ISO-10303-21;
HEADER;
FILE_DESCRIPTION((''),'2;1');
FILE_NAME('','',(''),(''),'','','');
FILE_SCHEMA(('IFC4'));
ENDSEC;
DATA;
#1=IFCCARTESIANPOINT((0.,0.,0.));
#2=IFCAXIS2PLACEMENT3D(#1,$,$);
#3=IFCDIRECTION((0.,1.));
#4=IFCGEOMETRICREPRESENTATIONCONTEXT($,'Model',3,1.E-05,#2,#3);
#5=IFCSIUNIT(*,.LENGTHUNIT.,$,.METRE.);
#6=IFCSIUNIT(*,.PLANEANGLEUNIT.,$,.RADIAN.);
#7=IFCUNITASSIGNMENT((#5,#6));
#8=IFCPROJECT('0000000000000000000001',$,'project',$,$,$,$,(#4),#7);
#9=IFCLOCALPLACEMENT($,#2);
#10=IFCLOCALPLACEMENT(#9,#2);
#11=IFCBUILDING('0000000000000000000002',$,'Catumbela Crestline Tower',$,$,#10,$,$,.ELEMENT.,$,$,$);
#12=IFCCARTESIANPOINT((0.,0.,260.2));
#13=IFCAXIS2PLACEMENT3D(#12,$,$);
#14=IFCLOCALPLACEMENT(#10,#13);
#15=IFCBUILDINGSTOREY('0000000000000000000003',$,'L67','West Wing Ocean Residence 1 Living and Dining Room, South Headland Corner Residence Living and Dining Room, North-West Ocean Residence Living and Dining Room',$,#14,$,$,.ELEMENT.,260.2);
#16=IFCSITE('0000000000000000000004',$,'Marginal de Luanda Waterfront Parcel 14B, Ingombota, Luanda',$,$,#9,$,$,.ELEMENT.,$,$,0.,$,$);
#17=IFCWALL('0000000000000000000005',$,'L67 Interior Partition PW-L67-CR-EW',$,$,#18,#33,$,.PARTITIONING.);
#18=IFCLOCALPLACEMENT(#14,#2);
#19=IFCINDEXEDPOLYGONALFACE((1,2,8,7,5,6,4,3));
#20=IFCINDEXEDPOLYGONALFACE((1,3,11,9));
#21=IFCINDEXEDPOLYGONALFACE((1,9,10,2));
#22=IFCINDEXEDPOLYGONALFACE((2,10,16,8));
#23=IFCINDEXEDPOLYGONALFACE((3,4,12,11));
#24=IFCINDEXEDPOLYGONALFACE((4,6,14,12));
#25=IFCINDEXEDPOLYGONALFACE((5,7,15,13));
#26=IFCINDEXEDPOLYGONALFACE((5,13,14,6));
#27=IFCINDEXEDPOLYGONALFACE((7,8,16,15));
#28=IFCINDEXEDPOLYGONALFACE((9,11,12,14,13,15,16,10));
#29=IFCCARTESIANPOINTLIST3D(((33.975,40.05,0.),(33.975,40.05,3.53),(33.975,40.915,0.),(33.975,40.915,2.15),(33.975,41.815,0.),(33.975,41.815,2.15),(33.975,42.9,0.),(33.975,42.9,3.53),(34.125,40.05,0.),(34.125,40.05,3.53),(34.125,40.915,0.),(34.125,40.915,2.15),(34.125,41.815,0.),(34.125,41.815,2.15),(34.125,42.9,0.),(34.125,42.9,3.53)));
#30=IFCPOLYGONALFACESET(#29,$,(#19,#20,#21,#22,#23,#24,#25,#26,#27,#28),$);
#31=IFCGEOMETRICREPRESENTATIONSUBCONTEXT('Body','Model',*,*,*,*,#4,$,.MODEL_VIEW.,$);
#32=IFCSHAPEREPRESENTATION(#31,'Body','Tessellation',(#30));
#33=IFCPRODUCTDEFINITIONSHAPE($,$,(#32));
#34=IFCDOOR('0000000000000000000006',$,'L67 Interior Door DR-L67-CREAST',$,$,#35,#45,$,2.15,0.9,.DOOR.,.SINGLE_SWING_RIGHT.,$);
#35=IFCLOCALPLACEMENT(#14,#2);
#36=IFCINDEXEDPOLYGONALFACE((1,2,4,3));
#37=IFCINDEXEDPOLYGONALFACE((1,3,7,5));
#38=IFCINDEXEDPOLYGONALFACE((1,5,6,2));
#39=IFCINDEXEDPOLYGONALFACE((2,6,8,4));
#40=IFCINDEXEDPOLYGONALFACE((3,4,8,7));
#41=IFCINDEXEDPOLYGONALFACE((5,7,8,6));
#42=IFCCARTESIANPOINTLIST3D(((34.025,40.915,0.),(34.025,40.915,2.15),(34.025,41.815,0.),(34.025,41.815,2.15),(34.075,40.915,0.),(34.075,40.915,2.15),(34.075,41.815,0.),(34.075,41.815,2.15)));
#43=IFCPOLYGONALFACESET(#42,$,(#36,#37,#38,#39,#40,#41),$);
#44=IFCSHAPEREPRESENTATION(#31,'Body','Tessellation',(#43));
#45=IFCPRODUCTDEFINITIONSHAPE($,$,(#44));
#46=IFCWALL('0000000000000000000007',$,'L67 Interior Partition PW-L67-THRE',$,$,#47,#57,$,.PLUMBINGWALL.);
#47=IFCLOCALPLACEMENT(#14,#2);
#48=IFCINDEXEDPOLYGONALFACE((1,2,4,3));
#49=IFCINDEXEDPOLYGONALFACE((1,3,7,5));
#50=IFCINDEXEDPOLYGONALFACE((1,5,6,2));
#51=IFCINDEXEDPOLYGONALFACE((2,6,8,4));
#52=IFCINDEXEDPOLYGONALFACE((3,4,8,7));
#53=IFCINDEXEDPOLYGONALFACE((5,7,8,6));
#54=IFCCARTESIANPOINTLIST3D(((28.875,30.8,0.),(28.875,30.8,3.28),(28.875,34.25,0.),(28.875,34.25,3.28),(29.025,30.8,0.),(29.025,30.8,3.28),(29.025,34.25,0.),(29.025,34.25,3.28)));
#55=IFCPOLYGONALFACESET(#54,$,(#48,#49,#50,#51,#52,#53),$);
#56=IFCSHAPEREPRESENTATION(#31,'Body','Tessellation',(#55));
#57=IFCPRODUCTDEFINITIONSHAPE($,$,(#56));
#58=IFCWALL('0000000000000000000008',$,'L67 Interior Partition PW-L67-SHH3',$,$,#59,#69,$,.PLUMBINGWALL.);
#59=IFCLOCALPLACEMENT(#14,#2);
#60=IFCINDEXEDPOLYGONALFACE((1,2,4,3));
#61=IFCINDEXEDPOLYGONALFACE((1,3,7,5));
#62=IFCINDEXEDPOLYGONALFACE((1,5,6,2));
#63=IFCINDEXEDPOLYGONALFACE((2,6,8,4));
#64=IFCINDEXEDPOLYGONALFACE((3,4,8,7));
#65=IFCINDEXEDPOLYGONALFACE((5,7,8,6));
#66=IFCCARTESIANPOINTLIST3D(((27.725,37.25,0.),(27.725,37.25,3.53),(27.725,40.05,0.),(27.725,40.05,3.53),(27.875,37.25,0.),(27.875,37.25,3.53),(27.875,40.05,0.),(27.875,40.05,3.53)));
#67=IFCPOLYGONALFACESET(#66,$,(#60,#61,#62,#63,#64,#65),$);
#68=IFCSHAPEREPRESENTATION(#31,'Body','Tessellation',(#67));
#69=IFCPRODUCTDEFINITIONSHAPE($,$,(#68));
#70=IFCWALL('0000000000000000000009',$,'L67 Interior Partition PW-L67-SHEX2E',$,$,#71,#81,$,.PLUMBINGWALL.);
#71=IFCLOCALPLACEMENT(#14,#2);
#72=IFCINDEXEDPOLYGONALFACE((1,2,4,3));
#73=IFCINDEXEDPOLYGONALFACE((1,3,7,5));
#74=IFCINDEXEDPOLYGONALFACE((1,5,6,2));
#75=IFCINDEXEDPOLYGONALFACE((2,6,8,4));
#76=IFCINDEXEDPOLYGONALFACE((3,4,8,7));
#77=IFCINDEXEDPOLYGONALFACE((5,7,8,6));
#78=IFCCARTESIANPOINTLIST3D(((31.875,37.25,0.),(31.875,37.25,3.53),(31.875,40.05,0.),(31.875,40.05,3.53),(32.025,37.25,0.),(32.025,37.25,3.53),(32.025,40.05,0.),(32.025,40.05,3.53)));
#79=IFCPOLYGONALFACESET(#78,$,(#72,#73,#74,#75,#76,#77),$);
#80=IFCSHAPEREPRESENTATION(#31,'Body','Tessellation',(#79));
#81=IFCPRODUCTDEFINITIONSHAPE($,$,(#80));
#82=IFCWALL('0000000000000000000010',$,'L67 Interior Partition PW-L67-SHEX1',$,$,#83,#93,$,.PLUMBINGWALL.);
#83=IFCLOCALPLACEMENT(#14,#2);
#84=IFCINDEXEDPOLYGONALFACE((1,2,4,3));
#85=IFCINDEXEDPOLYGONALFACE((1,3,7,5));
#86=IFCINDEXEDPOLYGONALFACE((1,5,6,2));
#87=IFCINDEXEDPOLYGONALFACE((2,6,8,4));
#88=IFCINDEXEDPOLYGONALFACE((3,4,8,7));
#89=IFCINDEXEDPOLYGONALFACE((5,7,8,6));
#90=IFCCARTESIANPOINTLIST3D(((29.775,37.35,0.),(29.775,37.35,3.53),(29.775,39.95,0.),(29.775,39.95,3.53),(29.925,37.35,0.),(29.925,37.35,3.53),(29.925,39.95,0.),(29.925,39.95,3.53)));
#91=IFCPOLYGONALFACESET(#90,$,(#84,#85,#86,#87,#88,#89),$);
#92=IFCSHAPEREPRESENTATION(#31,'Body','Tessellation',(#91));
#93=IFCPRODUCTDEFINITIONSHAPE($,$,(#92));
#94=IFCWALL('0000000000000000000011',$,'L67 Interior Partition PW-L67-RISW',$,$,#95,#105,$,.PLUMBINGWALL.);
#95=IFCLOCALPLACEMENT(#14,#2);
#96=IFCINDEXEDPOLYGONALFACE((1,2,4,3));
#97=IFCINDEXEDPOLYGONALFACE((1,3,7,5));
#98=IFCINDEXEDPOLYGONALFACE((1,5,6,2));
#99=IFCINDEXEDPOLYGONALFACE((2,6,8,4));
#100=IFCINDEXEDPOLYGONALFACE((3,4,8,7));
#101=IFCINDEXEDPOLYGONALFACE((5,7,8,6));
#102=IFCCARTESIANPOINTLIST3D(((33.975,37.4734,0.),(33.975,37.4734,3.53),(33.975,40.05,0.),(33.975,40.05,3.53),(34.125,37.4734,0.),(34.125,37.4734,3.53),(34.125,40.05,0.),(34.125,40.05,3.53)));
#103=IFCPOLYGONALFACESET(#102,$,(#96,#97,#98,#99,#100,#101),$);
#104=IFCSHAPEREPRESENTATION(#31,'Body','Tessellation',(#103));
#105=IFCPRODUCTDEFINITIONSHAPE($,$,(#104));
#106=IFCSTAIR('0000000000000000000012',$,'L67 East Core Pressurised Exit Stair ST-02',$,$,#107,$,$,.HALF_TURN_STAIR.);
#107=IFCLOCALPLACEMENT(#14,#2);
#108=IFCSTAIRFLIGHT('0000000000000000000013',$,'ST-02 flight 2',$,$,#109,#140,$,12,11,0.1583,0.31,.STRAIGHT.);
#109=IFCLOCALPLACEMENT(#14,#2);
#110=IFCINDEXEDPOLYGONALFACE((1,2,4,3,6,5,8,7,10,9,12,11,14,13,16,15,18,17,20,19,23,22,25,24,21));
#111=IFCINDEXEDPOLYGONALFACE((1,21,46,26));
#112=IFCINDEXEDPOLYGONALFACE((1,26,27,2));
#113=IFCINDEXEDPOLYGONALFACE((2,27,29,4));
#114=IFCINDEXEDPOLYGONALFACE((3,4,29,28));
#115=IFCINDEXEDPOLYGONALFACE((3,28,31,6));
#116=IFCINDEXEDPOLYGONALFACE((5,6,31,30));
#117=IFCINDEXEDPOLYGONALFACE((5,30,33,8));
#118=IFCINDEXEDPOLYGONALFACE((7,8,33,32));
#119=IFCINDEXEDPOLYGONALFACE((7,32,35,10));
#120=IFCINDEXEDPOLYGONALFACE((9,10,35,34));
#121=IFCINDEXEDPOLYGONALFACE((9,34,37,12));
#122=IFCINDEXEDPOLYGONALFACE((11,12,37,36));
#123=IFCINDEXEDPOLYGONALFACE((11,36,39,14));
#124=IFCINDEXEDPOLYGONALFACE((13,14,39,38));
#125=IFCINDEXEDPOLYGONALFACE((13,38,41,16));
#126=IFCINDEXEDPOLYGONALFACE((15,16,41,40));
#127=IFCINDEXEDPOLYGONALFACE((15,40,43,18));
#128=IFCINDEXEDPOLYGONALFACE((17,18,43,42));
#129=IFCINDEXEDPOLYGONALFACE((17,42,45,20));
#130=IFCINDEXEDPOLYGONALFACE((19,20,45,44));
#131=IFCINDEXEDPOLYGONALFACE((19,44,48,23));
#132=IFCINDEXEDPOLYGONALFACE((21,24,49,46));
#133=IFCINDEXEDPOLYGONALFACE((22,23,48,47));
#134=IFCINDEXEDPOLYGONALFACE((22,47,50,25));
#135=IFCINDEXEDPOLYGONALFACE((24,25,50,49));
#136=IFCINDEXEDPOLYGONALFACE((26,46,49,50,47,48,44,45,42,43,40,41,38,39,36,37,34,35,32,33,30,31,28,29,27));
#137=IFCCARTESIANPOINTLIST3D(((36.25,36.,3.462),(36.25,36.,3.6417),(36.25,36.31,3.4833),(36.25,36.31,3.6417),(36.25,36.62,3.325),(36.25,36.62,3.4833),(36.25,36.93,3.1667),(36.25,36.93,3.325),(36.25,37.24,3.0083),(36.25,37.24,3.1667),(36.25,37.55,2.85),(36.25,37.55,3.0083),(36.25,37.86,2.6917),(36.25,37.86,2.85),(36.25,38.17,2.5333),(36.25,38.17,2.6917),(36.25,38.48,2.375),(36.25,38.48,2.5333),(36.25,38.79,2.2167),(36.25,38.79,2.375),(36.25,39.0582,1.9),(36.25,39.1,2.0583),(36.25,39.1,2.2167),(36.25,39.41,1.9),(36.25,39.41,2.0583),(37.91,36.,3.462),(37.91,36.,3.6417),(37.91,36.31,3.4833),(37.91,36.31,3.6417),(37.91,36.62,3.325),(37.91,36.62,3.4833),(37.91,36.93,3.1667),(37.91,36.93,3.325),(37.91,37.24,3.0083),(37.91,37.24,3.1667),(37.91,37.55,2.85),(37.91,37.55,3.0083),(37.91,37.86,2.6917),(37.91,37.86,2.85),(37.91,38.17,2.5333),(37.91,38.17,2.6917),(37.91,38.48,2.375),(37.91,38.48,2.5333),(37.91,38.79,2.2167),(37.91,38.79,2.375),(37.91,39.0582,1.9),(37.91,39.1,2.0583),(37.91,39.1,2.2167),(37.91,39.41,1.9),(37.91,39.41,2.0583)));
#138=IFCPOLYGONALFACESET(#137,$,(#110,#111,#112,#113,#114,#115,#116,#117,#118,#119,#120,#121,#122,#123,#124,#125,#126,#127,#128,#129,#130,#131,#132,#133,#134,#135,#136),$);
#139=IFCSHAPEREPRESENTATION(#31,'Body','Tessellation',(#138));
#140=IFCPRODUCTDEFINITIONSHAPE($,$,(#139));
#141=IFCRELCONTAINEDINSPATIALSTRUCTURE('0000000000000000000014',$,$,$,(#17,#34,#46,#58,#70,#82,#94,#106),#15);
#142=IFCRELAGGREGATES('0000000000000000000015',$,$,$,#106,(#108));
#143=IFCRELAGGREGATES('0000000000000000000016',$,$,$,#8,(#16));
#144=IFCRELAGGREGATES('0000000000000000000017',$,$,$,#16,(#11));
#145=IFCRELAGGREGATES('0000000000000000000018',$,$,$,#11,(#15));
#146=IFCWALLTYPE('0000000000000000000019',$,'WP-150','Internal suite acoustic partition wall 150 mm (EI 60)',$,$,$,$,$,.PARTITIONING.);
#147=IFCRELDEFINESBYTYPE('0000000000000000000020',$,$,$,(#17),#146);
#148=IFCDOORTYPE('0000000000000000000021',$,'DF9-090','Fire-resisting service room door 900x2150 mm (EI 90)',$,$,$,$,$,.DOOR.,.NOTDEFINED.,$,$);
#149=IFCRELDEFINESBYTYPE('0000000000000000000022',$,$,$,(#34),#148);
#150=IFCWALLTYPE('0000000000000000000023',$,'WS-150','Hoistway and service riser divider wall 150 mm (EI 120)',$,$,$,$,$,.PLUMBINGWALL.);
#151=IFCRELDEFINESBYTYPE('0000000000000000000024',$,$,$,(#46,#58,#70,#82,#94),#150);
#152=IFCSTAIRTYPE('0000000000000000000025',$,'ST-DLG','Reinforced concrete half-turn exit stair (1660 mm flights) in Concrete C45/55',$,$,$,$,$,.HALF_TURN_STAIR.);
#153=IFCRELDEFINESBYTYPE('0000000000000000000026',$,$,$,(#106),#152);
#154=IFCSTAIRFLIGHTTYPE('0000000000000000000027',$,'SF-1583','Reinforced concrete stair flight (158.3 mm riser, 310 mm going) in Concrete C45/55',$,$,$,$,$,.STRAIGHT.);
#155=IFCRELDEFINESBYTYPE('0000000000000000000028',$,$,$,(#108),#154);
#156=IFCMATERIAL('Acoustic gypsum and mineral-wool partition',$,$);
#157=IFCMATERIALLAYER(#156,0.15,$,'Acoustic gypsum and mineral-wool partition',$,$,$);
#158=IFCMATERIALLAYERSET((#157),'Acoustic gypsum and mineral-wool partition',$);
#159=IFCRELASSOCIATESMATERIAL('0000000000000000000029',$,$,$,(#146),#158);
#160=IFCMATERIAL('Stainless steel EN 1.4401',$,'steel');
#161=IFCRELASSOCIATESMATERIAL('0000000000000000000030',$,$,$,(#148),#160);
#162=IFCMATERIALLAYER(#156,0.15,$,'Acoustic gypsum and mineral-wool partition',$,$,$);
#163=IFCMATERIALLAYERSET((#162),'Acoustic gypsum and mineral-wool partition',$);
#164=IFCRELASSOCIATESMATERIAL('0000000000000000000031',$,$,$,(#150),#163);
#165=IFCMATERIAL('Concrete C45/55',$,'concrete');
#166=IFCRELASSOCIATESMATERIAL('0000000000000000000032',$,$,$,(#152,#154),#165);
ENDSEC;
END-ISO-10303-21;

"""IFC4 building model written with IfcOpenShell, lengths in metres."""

from ifc_helpers import new_model, si_unit, direction, frame, frame_2d, origin, place, context, subcontext, project, spatial, polyline, rectangle, outline, extrude, material, layer, layer_set, type_object, element, fill, aggregate, save


model = new_model("IFC4")

# Units and contexts
model_context = context("Model", 3, precision=1e-05, world=origin(), true_north=direction((0.0, 1.0)))
body_context = subcontext(model_context, "Body", "Model", "MODEL_VIEW")
ifc_project = project(units=[si_unit("LENGTHUNIT", "METRE"), si_unit("PLANEANGLEUNIT", "RADIAN")], contexts=[model_context])

# Site, building, storey
site_placement = place(None, origin())
site = spatial("IfcSite", under=ifc_project, at=site_placement, Name="Marginal de Luanda Waterfront Parcel 14B, Ingombota, Luanda", CompositionType="ELEMENT", RefElevation=0.0)
building_placement = place(site_placement, origin())
building = spatial("IfcBuilding", under=site, at=building_placement, Name="Catumbela Crestline Tower", CompositionType="ELEMENT")
storey_placement = place(building_placement, frame((0.0, 0.0, 260.2)))
storey = spatial("IfcBuildingStorey", under=building, at=storey_placement, Name="L67", Description="West Wing Ocean Residence 1 Living and Dining Room, South Headland Corner Residence Living and Dining Room, North-West Ocean Residence Living and Dining Room", CompositionType="ELEMENT", Elevation=260.2)

# Shared definitions
ifc_material_1 = material(Name="Stainless steel EN 1.4401", Category="steel")

# Shared definitions
ifc_material_2 = material(Name="Concrete C45/55", Category="concrete")

# Shared definitions
ifc_material_3 = material(Name="Acoustic gypsum and mineral-wool partition")
ifc_layer_1 = layer(ifc_material_3, 0.15, Name="Acoustic gypsum and mineral-wool partition")
ifc_layer_set_1 = layer_set([ifc_layer_1], Name="Acoustic gypsum and mineral-wool partition")
wall_type_1 = type_object("IfcWallType", Name="WP-150", Description="Internal suite acoustic partition wall 150 mm (EI 60)", PredefinedType="PARTITIONING", material=ifc_layer_set_1)

# Wall, opening, door
wall_1_placement = place(storey_placement, frame((34.05, 40.05, 0.0), z_axis=(0.0, 0.0, 1.0), x_axis=(0.0, 1.0, 0.0)))
wall_1 = element("IfcWall", 1, at=wall_1_placement, inside=storey, type_object=wall_type_1, Name="L67 Interior Partition PW-L67-CR-EW", PredefinedType="PARTITIONING", context=body_context, shape_type="SweptSolid", body=[
    extrude(rectangle(XDim=2.85, YDim=0.15, at=frame_2d((1.425, 0.0))), origin(), (0.0, 0.0, 1.0), 3.53),
])
opening_1_placement = place(wall_1_placement, frame((0.865, 0.0, 0.0)))
opening_1 = element("IfcOpeningElement", 2, at=opening_1_placement, cuts=wall_1, PredefinedType="OPENING", context=body_context, shape_type="SweptSolid", body=[
    extrude(rectangle(XDim=0.9, YDim=2.15, at=frame_2d((0.45, 1.075))), frame((0.0, 0.085, 0.0), z_axis=(0.0, -1.0, 0.0), x_axis=(1.0, 0.0, 0.0)), (0.0, 0.0, 1.0), 0.17),
])
door_type_1 = type_object("IfcDoorType", Name="DF9-090", Description="Fire-resisting service room door 900x2150 mm (EI 90)", OperationType="NOTDEFINED", PredefinedType="DOOR", material=ifc_material_1)
door_1_placement = place(opening_1_placement, origin())
door_1 = element("IfcDoor", 3, at=door_1_placement, inside=storey, type_object=door_type_1, Name="L67 Interior Door DR-L67-CREAST", OperationType="SINGLE_SWING_RIGHT", OverallHeight=2.15, OverallWidth=0.9, PredefinedType="DOOR", context=body_context, shape_type="SweptSolid", body=[
    extrude(rectangle(XDim=0.9, YDim=2.15, at=frame_2d((0.45, 1.075))), frame((0.0, 0.025, 0.0), z_axis=(0.0, -1.0, 0.0), x_axis=(1.0, 0.0, 0.0)), (0.0, 0.0, 1.0), 0.05),
])
fill(opening_1, door_1)

# Walls
ifc_layer_2 = layer(ifc_material_3, 0.15, Name="Acoustic gypsum and mineral-wool partition")
ifc_layer_set_2 = layer_set([ifc_layer_2], Name="Acoustic gypsum and mineral-wool partition")
wall_type_2 = type_object("IfcWallType", Name="WS-150", Description="Hoistway and service riser divider wall 150 mm (EI 120)", PredefinedType="PLUMBINGWALL", material=ifc_layer_set_2)
wall_2_placement = place(storey_placement, frame((28.95, 30.8, 0.0), z_axis=(0.0, 0.0, 1.0), x_axis=(0.0, 1.0, 0.0)))
element("IfcWall", 4, at=wall_2_placement, inside=storey, type_object=wall_type_2, Name="L67 Interior Partition PW-L67-THRE", PredefinedType="PLUMBINGWALL", context=body_context, shape_type="SweptSolid", body=[
    extrude(rectangle(XDim=3.45, YDim=0.15, at=frame_2d((1.725, 0.0))), origin(), (0.0, 0.0, 1.0), 3.28),
])
for number, where, z_axis, x_axis, name in (
    (5, (27.8, 37.25, 0.0), (0.0, 0.0, 1.0), (0.0, 1.0, 0.0), "L67 Interior Partition PW-L67-SHH3"),
    (6, (31.95, 37.25, 0.0), (0.0, 0.0, 1.0), (0.0, 1.0, 0.0), "L67 Interior Partition PW-L67-SHEX2E"),
):
    element("IfcWall", number, at=place(storey_placement, frame(where, z_axis=z_axis, x_axis=x_axis)), inside=storey, type_object=wall_type_2, Name=name, PredefinedType="PLUMBINGWALL", context=body_context, shape_type="SweptSolid", body=[
        extrude(rectangle(XDim=2.8, YDim=0.15, at=frame_2d((1.4, 0.0))), origin(), (0.0, 0.0, 1.0), 3.53),
    ])
wall_3_placement = place(storey_placement, frame((29.85, 37.35, 0.0), z_axis=(0.0, 0.0, 1.0), x_axis=(0.0, 1.0, 0.0)))
element("IfcWall", 7, at=wall_3_placement, inside=storey, type_object=wall_type_2, Name="L67 Interior Partition PW-L67-SHEX1", PredefinedType="PLUMBINGWALL", context=body_context, shape_type="SweptSolid", body=[
    extrude(rectangle(XDim=2.6, YDim=0.15, at=frame_2d((1.3, 0.0))), origin(), (0.0, 0.0, 1.0), 3.53),
])
wall_4_placement = place(storey_placement, frame((34.05, 37.4734, 0.0), z_axis=(0.0, 0.0, 1.0), x_axis=(0.0, 1.0, 0.0)))
element("IfcWall", 8, at=wall_4_placement, inside=storey, type_object=wall_type_2, Name="L67 Interior Partition PW-L67-RISW", PredefinedType="PLUMBINGWALL", context=body_context, shape_type="SweptSolid", body=[
    extrude(rectangle(XDim=2.5766, YDim=0.15, at=frame_2d((1.2883, 0.0))), origin(), (0.0, 0.0, 1.0), 3.53),
])

# Stair, stair flight
stair_type = type_object("IfcStairType", Name="ST-DLG", Description="Reinforced concrete half-turn exit stair (1660 mm flights) in Concrete C45/55", PredefinedType="HALF_TURN_STAIR", material=ifc_material_2)
stair_placement = place(storey_placement, origin())
stair = element("IfcStair", 9, at=stair_placement, inside=storey, type_object=stair_type, Name="L67 East Core Pressurised Exit Stair ST-02", PredefinedType="HALF_TURN_STAIR")
stair_flight_type = type_object("IfcStairFlightType", Name="SF-1583", Description="Reinforced concrete stair flight (158.3 mm riser, 310 mm going) in Concrete C45/55", PredefinedType="STRAIGHT", material=ifc_material_2)
stair_flight_placement = place(storey_placement, frame((37.08, 39.41, 1.9), z_axis=(0.0, 0.0, 1.0), x_axis=(0.0, -1.0, 0.0)))
stair_flight = element("IfcStairFlight", 10, at=stair_flight_placement, type_object=stair_flight_type, Name="ST-02 flight 2", NumberOfRisers=12, NumberOfTreads=11, PredefinedType="STRAIGHT", RiserHeight=0.1583, TreadLength=0.31, context=body_context, shape_type="SweptSolid", body=[
    extrude(outline(polyline([(0.0, 0.0), (0.0, 0.1583), (0.31, 0.1583), (0.31, 0.3167), (0.62, 0.3167), (0.62, 0.475), (0.93, 0.475), (0.93, 0.6333), (1.24, 0.6333), (1.24, 0.7917), (1.55, 0.7917), (1.55, 0.95), (1.86, 0.95), (1.86, 1.1083), (2.17, 1.1083), (2.17, 1.2667), (2.48, 1.2667), (2.48, 1.425), (2.79, 1.425), (2.79, 1.5833), (3.1, 1.5833), (3.1, 1.7417), (3.41, 1.7417), (3.41, 1.9), (3.41, 1.562), (0.3518, 0.0), (0.0, 0.0)])), frame((0.0, 0.83, 0.0), z_axis=(0.0, -1.0, 0.0), x_axis=(1.0, 0.0, 0.0)), (0.0, 0.0, 1.0), 1.66),
])
aggregate(stair, [stair_flight])

save(model, "model.ifc")
